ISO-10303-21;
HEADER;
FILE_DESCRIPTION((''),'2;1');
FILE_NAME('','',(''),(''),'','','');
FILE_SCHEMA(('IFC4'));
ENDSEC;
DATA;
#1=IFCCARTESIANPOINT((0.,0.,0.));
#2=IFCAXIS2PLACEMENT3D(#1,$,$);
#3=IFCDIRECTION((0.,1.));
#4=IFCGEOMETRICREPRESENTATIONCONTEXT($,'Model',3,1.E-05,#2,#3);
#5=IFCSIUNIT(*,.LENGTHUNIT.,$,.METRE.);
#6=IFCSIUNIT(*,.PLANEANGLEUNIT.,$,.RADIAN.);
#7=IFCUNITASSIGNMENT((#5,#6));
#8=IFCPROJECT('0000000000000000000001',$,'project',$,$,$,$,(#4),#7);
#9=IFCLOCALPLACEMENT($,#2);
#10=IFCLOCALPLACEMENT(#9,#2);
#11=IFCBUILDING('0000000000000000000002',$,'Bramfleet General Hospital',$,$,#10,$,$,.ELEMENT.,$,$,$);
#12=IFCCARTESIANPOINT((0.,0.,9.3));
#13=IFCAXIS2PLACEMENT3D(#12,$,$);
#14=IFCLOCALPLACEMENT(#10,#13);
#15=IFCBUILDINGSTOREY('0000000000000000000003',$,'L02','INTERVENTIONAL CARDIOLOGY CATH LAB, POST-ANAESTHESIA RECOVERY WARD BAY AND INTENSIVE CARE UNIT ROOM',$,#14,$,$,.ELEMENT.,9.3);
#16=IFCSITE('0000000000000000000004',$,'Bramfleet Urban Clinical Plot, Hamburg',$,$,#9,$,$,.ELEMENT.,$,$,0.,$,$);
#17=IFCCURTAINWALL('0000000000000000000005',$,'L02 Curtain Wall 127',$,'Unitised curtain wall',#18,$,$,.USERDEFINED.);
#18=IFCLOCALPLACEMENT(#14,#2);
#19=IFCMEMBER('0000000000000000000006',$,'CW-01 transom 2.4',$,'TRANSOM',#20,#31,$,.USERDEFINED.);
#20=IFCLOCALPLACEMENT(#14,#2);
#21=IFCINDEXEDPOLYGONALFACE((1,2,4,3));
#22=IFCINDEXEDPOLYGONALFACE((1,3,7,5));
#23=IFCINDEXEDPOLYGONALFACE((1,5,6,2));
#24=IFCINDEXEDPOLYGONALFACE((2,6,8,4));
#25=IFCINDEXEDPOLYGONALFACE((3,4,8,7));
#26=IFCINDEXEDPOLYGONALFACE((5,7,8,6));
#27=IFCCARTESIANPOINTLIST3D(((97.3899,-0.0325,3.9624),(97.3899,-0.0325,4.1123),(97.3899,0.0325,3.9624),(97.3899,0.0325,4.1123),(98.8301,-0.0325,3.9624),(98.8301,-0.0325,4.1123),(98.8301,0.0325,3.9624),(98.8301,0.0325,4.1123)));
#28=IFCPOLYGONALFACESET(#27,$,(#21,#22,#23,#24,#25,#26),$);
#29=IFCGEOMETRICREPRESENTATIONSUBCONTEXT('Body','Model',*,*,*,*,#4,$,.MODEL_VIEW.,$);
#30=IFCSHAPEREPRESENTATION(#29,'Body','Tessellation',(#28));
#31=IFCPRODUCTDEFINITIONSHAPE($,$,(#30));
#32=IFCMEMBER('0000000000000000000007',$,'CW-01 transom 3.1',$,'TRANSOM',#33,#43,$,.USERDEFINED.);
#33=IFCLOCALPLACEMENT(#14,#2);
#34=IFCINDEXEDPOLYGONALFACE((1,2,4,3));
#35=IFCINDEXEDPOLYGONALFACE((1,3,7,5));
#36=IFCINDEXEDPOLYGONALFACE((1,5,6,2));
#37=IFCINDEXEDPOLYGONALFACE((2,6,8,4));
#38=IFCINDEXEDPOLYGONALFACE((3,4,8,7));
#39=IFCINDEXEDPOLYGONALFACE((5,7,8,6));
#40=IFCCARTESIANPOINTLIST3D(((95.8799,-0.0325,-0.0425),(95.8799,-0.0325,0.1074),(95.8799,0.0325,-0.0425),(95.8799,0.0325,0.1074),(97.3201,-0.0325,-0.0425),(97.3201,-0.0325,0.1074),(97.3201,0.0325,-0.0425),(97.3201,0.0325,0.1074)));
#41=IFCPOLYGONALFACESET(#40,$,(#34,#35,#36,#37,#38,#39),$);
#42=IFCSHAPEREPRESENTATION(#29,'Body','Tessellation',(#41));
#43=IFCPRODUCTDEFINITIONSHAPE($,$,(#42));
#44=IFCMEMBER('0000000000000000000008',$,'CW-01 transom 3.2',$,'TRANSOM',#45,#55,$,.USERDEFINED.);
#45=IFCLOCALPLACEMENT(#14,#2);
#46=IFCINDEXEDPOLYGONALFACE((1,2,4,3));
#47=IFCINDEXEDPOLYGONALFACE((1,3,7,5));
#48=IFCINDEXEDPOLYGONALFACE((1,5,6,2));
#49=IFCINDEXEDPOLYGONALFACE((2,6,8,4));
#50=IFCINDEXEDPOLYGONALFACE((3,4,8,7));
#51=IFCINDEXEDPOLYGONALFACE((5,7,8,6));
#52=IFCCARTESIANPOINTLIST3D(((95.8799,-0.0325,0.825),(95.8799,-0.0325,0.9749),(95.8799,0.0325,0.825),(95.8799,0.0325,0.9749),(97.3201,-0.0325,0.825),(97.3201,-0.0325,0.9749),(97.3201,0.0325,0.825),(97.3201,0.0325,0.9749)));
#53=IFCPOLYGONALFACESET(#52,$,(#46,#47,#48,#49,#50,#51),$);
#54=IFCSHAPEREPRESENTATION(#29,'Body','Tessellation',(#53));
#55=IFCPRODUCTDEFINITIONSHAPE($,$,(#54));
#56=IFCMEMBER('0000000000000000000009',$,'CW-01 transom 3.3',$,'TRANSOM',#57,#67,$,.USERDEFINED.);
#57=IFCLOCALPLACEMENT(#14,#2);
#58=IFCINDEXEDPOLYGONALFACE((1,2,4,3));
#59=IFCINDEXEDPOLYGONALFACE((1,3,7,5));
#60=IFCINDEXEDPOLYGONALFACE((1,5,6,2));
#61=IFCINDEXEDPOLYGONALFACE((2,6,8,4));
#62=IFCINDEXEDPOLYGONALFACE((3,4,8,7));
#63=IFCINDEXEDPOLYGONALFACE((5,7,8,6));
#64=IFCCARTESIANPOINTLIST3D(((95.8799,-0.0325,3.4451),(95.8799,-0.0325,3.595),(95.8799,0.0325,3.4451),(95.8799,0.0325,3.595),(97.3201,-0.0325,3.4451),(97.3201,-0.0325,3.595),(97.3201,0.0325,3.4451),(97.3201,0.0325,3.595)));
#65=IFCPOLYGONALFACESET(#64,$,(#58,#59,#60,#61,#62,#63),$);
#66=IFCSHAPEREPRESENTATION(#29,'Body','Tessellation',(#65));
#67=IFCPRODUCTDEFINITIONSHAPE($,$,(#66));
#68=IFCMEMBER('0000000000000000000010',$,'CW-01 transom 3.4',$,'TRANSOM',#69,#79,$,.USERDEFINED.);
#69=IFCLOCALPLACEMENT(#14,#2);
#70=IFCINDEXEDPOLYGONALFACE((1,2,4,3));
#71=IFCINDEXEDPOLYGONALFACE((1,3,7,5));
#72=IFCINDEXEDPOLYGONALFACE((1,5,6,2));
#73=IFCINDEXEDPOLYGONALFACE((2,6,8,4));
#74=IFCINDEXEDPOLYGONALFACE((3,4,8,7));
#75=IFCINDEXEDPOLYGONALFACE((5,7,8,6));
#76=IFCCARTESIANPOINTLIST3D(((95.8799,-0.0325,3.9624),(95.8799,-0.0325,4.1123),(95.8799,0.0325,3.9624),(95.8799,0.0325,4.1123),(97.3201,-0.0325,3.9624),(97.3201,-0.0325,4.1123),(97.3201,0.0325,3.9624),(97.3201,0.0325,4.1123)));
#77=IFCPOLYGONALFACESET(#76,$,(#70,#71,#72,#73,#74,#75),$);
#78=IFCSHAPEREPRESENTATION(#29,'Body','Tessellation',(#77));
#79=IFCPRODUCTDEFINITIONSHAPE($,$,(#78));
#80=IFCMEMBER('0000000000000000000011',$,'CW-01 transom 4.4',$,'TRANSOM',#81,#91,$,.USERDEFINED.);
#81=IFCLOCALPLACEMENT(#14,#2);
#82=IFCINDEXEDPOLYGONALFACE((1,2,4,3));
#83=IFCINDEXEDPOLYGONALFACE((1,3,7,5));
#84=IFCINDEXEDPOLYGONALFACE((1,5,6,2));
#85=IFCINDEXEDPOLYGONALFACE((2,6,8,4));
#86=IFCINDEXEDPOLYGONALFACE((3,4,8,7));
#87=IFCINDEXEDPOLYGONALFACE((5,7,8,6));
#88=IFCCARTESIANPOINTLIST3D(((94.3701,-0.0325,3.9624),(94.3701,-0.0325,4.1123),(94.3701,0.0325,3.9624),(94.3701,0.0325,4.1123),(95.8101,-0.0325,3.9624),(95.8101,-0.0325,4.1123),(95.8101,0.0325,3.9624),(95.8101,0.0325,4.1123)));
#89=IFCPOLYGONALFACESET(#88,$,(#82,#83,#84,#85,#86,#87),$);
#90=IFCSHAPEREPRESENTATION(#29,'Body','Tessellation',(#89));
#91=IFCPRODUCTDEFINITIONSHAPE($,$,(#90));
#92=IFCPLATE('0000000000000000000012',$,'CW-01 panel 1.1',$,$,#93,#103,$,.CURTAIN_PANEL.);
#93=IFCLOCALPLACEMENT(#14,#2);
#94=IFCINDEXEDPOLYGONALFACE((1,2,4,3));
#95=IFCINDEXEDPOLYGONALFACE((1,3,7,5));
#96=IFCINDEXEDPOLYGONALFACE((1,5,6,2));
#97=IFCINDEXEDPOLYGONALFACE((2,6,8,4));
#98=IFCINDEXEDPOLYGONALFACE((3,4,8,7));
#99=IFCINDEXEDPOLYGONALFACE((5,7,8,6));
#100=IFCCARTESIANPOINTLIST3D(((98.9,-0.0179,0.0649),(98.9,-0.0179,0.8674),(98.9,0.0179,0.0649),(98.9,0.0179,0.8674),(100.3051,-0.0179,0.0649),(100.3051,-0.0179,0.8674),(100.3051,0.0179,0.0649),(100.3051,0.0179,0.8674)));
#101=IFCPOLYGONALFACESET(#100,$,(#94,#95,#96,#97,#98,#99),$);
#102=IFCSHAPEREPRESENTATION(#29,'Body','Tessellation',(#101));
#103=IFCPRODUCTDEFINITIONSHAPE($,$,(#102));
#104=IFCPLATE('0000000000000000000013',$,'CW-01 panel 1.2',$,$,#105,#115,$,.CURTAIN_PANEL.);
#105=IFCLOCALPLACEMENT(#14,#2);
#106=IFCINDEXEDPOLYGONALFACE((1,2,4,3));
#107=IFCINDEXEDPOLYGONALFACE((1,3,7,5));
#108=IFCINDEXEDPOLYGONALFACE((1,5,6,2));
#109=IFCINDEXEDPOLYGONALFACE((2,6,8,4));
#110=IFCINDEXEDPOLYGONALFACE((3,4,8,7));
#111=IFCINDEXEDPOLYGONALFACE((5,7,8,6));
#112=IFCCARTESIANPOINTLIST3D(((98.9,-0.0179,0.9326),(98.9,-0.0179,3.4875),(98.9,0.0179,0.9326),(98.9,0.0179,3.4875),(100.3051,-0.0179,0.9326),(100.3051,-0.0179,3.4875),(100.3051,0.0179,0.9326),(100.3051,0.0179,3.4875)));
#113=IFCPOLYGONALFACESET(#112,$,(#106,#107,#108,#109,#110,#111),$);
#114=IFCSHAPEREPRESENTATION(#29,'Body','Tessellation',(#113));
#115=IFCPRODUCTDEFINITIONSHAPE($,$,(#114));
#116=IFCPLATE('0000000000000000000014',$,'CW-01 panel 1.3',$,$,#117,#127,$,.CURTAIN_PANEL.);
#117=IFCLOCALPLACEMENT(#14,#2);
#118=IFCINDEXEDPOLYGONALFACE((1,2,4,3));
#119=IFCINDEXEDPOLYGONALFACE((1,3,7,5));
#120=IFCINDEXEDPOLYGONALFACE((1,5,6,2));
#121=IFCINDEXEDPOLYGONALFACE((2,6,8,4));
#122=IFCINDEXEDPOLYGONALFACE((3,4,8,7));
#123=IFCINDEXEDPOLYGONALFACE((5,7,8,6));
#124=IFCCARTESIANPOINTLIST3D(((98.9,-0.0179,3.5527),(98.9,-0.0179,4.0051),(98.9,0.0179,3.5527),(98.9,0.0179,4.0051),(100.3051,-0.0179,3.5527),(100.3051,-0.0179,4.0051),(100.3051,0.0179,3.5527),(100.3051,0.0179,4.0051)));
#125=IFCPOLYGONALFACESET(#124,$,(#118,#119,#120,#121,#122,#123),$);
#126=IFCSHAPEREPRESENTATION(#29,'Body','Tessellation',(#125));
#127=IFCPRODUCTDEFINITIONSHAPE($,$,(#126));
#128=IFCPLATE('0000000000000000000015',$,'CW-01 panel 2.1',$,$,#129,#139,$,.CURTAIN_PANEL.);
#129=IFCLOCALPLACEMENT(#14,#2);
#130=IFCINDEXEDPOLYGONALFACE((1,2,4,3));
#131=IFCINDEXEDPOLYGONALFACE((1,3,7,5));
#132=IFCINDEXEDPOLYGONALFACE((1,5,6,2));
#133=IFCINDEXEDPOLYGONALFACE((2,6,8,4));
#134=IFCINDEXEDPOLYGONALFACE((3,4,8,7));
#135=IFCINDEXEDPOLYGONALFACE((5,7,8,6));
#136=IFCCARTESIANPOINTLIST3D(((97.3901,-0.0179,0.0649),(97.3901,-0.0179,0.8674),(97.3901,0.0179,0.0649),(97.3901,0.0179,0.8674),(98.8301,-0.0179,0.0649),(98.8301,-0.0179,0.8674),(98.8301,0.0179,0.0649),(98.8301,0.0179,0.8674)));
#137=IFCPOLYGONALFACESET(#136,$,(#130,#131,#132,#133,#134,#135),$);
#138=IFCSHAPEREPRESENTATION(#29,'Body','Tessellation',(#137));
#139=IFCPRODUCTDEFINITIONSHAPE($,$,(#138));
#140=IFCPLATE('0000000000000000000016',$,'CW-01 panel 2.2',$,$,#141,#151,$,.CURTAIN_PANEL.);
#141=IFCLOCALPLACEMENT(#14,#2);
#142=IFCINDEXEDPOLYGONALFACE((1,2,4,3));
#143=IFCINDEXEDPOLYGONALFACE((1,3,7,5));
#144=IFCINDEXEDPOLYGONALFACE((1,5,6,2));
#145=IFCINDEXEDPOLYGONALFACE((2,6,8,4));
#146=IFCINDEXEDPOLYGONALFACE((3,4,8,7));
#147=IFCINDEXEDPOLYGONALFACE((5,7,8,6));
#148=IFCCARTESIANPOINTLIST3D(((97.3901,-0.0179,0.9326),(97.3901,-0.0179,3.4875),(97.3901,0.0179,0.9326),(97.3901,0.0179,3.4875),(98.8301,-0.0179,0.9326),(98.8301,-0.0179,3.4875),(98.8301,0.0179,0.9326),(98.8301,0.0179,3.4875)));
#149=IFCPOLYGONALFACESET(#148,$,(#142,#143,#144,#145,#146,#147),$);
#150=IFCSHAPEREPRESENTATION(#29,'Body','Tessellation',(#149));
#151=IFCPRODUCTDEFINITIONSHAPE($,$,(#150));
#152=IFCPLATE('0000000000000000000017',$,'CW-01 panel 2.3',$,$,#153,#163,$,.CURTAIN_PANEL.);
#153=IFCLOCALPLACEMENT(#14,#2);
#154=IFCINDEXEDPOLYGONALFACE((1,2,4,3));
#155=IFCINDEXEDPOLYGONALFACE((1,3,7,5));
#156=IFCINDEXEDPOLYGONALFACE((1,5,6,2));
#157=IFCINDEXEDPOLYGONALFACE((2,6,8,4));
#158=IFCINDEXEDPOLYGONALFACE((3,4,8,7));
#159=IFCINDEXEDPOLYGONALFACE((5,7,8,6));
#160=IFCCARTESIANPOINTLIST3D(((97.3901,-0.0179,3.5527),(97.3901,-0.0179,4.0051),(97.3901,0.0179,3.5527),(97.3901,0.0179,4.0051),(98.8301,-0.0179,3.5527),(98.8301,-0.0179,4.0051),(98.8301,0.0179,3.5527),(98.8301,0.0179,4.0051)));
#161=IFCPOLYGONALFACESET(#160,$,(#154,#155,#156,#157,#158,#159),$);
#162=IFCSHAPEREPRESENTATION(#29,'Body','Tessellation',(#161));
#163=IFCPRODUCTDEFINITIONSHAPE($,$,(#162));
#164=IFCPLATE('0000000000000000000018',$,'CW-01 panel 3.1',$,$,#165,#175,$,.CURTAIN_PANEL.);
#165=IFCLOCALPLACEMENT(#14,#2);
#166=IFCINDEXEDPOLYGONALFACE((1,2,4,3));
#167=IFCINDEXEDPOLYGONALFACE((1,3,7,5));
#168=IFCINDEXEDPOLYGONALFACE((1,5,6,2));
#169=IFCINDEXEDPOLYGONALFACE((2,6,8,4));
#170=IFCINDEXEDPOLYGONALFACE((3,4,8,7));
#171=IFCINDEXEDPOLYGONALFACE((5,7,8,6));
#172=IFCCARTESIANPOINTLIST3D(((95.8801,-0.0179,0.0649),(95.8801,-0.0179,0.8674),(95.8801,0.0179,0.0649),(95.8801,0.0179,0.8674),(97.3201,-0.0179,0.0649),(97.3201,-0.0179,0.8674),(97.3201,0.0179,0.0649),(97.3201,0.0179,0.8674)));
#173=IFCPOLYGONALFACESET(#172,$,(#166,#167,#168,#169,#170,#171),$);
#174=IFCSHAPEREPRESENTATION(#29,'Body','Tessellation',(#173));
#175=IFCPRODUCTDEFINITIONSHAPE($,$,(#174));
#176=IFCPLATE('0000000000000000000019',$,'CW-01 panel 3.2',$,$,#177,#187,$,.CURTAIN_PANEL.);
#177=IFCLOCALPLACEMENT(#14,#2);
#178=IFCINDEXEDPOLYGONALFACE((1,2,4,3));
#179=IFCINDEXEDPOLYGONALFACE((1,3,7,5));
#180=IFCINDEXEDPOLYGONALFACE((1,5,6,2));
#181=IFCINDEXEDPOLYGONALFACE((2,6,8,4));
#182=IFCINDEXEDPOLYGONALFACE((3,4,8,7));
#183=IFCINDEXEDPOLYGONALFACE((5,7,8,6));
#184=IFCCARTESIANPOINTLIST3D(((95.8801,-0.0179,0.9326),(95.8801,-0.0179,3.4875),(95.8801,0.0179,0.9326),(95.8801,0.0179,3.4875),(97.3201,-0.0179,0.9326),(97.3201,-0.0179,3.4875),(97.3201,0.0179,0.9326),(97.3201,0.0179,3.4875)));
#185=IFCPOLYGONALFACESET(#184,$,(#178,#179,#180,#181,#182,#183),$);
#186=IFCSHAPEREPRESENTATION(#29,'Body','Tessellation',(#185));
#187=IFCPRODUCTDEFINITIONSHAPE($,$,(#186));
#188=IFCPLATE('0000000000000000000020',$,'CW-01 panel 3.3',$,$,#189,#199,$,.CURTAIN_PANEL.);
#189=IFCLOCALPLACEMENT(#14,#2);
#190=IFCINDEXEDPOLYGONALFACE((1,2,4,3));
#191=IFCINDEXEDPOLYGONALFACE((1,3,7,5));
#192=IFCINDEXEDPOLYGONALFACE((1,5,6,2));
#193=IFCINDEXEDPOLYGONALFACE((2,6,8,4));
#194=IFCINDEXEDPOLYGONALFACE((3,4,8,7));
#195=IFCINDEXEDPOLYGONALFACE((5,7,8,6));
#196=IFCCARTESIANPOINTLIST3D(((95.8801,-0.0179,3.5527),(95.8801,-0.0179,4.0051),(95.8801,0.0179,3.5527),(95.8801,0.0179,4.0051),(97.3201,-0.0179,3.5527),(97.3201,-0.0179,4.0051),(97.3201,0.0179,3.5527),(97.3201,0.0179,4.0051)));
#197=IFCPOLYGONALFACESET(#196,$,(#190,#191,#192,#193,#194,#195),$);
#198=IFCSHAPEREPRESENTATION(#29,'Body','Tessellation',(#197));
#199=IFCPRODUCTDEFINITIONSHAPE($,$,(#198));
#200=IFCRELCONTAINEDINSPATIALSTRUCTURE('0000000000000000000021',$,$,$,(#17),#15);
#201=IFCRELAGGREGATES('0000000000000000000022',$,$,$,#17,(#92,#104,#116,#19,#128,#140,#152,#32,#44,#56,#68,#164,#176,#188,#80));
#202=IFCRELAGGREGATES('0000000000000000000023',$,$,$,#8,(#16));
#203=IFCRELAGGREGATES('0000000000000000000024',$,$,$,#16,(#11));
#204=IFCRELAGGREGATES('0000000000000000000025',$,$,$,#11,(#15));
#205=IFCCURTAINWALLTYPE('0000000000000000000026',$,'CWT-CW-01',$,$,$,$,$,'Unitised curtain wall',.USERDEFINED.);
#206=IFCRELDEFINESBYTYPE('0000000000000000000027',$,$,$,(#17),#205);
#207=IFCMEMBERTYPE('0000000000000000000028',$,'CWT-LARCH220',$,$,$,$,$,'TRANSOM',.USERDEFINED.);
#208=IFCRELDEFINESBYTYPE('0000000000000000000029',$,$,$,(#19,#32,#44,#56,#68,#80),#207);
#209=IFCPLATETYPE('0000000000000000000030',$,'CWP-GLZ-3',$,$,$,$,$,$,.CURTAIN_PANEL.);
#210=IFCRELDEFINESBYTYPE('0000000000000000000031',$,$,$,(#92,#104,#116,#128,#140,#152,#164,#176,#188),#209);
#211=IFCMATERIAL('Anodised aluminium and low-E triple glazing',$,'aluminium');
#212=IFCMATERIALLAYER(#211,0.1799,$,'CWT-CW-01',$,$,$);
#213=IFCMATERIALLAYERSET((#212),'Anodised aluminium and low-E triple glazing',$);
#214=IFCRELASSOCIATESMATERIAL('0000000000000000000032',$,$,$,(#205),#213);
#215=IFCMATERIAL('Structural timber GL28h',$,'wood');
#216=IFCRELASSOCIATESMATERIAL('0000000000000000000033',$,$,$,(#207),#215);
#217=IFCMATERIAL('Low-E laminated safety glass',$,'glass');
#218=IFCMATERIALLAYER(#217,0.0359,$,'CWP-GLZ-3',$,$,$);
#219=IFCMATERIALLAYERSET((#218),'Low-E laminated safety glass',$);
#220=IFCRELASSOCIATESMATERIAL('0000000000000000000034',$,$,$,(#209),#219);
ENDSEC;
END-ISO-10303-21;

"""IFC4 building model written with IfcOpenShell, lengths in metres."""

from ifc_helpers import new_model, si_unit, direction, frame, origin, origin_2d, place, context, subcontext, project, spatial, rectangle, extrude, material, layer, layer_set, material_profile, profile_set, type_object, element, aggregate, save


model = new_model("IFC4")

# Units and contexts
model_context = context("Model", 3, precision=1e-05, world=origin(), true_north=direction((0.0, 1.0)))
body_context = subcontext(model_context, "Body", "Model", "MODEL_VIEW")
ifc_project = project(units=[si_unit("LENGTHUNIT", "METRE"), si_unit("PLANEANGLEUNIT", "RADIAN")], contexts=[model_context])

# Site, building, storey
site_placement = place(None, origin())
site = spatial("IfcSite", under=ifc_project, at=site_placement, Name="Bramfleet Urban Clinical Plot, Hamburg", CompositionType="ELEMENT", RefElevation=0.0)
building_placement = place(site_placement, origin())
building = spatial("IfcBuilding", under=site, at=building_placement, Name="Bramfleet General Hospital", CompositionType="ELEMENT")
storey_placement = place(building_placement, frame((0.0, 0.0, 9.3)))
storey = spatial("IfcBuildingStorey", under=building, at=storey_placement, Name="L02", Description="INTERVENTIONAL CARDIOLOGY CATH LAB, POST-ANAESTHESIA RECOVERY WARD BAY AND INTENSIVE CARE UNIT ROOM", CompositionType="ELEMENT", Elevation=9.3)

# Curtain wall, members, plates
ifc_material_1 = material(Name="Anodised aluminium and low-E triple glazing", Category="aluminium")
ifc_layer_1 = layer(ifc_material_1, 0.1799, Name="CWT-CW-01")
ifc_layer_set_1 = layer_set([ifc_layer_1], Name="Anodised aluminium and low-E triple glazing")
curtain_wall_type = type_object("IfcCurtainWallType", Name="CWT-CW-01", ElementType="Unitised curtain wall", PredefinedType="USERDEFINED", material=ifc_layer_set_1)
curtain_wall_placement = place(storey_placement, origin())
curtain_wall = element("IfcCurtainWall", 1, at=curtain_wall_placement, inside=storey, type_object=curtain_wall_type, Name="L02 Curtain Wall 127", ObjectType="Unitised curtain wall", PredefinedType="USERDEFINED")
ifc_material_2 = material(Name="Structural timber GL28h", Category="wood")
ifc_material_profile_1 = material_profile(ifc_material_2, rectangle(XDim=0.0649, YDim=0.1499, at=origin_2d()), Name="LARCH 150x65")
ifc_profile_set_1 = profile_set([ifc_material_profile_1], Name="Structural timber GL28h")
member_type_1 = type_object("IfcMemberType", Name="CWT-LARCH220", ElementType="TRANSOM", PredefinedType="USERDEFINED", material=ifc_profile_set_1)
member_1_placement = place(storey_placement, frame((98.8301, 0.0, 4.0374), z_axis=(-1.0, 0.0, 0.0), x_axis=(0.0, -1.0, 0.0)))
member_1 = element("IfcMember", 2, at=member_1_placement, type_object=member_type_1, Name="CW-01 transom 2.4", ObjectType="TRANSOM", PredefinedType="USERDEFINED", context=body_context, shape_type="SweptSolid", body=[
    extrude(rectangle(XDim=0.0649, YDim=0.1499, at=origin_2d()), origin(), (0.0, 0.0, 1.0), 1.4402),
])
member_2_placement = place(storey_placement, frame((97.3201, 0.0, 0.0325), z_axis=(-1.0, 0.0, 0.0), x_axis=(0.0, -1.0, 0.0)))
member_2 = element("IfcMember", 3, at=member_2_placement, type_object=member_type_1, Name="CW-01 transom 3.1", ObjectType="TRANSOM", PredefinedType="USERDEFINED", context=body_context, shape_type="SweptSolid", body=[
    extrude(rectangle(XDim=0.0649, YDim=0.1499, at=origin_2d()), origin(), (0.0, 0.0, 1.0), 1.4402),
])
member_3_placement = place(storey_placement, frame((97.3201, 0.0, 0.8999), z_axis=(-1.0, 0.0, 0.0), x_axis=(0.0, -1.0, 0.0)))
member_3 = element("IfcMember", 4, at=member_3_placement, type_object=member_type_1, Name="CW-01 transom 3.2", ObjectType="TRANSOM", PredefinedType="USERDEFINED", context=body_context, shape_type="SweptSolid", body=[
    extrude(rectangle(XDim=0.0649, YDim=0.1499, at=origin_2d()), origin(), (0.0, 0.0, 1.0), 1.4402),
])
member_4_placement = place(storey_placement, frame((97.3201, 0.0, 3.52), z_axis=(-1.0, 0.0, 0.0), x_axis=(0.0, -1.0, 0.0)))
member_4 = element("IfcMember", 5, at=member_4_placement, type_object=member_type_1, Name="CW-01 transom 3.3", ObjectType="TRANSOM", PredefinedType="USERDEFINED", context=body_context, shape_type="SweptSolid", body=[
    extrude(rectangle(XDim=0.0649, YDim=0.1499, at=origin_2d()), origin(), (0.0, 0.0, 1.0), 1.4402),
])
member_5_placement = place(storey_placement, frame((97.3201, 0.0, 4.0374), z_axis=(-1.0, 0.0, 0.0), x_axis=(0.0, -1.0, 0.0)))
member_5 = element("IfcMember", 6, at=member_5_placement, type_object=member_type_1, Name="CW-01 transom 3.4", ObjectType="TRANSOM", PredefinedType="USERDEFINED", context=body_context, shape_type="SweptSolid", body=[
    extrude(rectangle(XDim=0.0649, YDim=0.1499, at=origin_2d()), origin(), (0.0, 0.0, 1.0), 1.4402),
])
member_6_placement = place(storey_placement, frame((95.8101, 0.0, 4.0374), z_axis=(-1.0, 0.0, 0.0), x_axis=(0.0, -1.0, 0.0)))
member_6 = element("IfcMember", 7, at=member_6_placement, type_object=member_type_1, Name="CW-01 transom 4.4", ObjectType="TRANSOM", PredefinedType="USERDEFINED", context=body_context, shape_type="SweptSolid", body=[
    extrude(rectangle(XDim=0.0649, YDim=0.1499, at=origin_2d()), origin(), (0.0, 0.0, 1.0), 1.4399),
])
ifc_material_3 = material(Name="Low-E laminated safety glass", Category="glass")
ifc_layer_2 = layer(ifc_material_3, 0.0359, Name="CWP-GLZ-3")
ifc_layer_set_2 = layer_set([ifc_layer_2], Name="Low-E laminated safety glass")
plate_type = type_object("IfcPlateType", Name="CWP-GLZ-3", PredefinedType="CURTAIN_PANEL", material=ifc_layer_set_2)
plate_1_placement = place(storey_placement, frame((99.6025, 0.0, 0.0649), z_axis=(0.0, 0.0, 1.0), x_axis=(-1.0, 0.0, 0.0)))
plate_1 = element("IfcPlate", 8, at=plate_1_placement, type_object=plate_type, Name="CW-01 panel 1.1", PredefinedType="CURTAIN_PANEL", context=body_context, shape_type="SweptSolid", body=[
    extrude(rectangle(XDim=1.405, YDim=0.0359, at=origin_2d()), origin(), (0.0, 0.0, 1.0), 0.8025),
])
plate_2_placement = place(storey_placement, frame((99.6025, 0.0, 0.9326), z_axis=(0.0, 0.0, 1.0), x_axis=(-1.0, 0.0, 0.0)))
plate_2 = element("IfcPlate", 9, at=plate_2_placement, type_object=plate_type, Name="CW-01 panel 1.2", PredefinedType="CURTAIN_PANEL", context=body_context, shape_type="SweptSolid", body=[
    extrude(rectangle(XDim=1.405, YDim=0.0359, at=origin_2d()), origin(), (0.0, 0.0, 1.0), 2.5549),
])
plate_3_placement = place(storey_placement, frame((99.6025, 0.0, 3.5527), z_axis=(0.0, 0.0, 1.0), x_axis=(-1.0, 0.0, 0.0)))
plate_3 = element("IfcPlate", 10, at=plate_3_placement, type_object=plate_type, Name="CW-01 panel 1.3", PredefinedType="CURTAIN_PANEL", context=body_context, shape_type="SweptSolid", body=[
    extrude(rectangle(XDim=1.405, YDim=0.0359, at=origin_2d()), origin(), (0.0, 0.0, 1.0), 0.4524),
])
plate_4_placement = place(storey_placement, frame((98.1101, 0.0, 0.0649), z_axis=(0.0, 0.0, 1.0), x_axis=(-1.0, 0.0, 0.0)))
plate_4 = element("IfcPlate", 11, at=plate_4_placement, type_object=plate_type, Name="CW-01 panel 2.1", PredefinedType="CURTAIN_PANEL", context=body_context, shape_type="SweptSolid", body=[
    extrude(rectangle(XDim=1.4399, YDim=0.0359, at=origin_2d()), origin(), (0.0, 0.0, 1.0), 0.8025),
])
plate_5_placement = place(storey_placement, frame((98.1101, 0.0, 0.9326), z_axis=(0.0, 0.0, 1.0), x_axis=(-1.0, 0.0, 0.0)))
plate_5 = element("IfcPlate", 12, at=plate_5_placement, type_object=plate_type, Name="CW-01 panel 2.2", PredefinedType="CURTAIN_PANEL", context=body_context, shape_type="SweptSolid", body=[
    extrude(rectangle(XDim=1.4399, YDim=0.0359, at=origin_2d()), origin(), (0.0, 0.0, 1.0), 2.5549),
])
plate_6_placement = place(storey_placement, frame((98.1101, 0.0, 3.5527), z_axis=(0.0, 0.0, 1.0), x_axis=(-1.0, 0.0, 0.0)))
plate_6 = element("IfcPlate", 13, at=plate_6_placement, type_object=plate_type, Name="CW-01 panel 2.3", PredefinedType="CURTAIN_PANEL", context=body_context, shape_type="SweptSolid", body=[
    extrude(rectangle(XDim=1.4399, YDim=0.0359, at=origin_2d()), origin(), (0.0, 0.0, 1.0), 0.4524),
])
plate_7_placement = place(storey_placement, frame((96.6001, 0.0, 0.0649), z_axis=(0.0, 0.0, 1.0), x_axis=(-1.0, 0.0, 0.0)))
plate_7 = element("IfcPlate", 14, at=plate_7_placement, type_object=plate_type, Name="CW-01 panel 3.1", PredefinedType="CURTAIN_PANEL", context=body_context, shape_type="SweptSolid", body=[
    extrude(rectangle(XDim=1.4399, YDim=0.0359, at=origin_2d()), origin(), (0.0, 0.0, 1.0), 0.8025),
])
plate_8_placement = place(storey_placement, frame((96.6001, 0.0, 0.9326), z_axis=(0.0, 0.0, 1.0), x_axis=(-1.0, 0.0, 0.0)))
plate_8 = element("IfcPlate", 15, at=plate_8_placement, type_object=plate_type, Name="CW-01 panel 3.2", PredefinedType="CURTAIN_PANEL", context=body_context, shape_type="SweptSolid", body=[
    extrude(rectangle(XDim=1.4399, YDim=0.0359, at=origin_2d()), origin(), (0.0, 0.0, 1.0), 2.5549),
])
plate_9_placement = place(storey_placement, frame((96.6001, 0.0, 3.5527), z_axis=(0.0, 0.0, 1.0), x_axis=(-1.0, 0.0, 0.0)))
plate_9 = element("IfcPlate", 16, at=plate_9_placement, type_object=plate_type, Name="CW-01 panel 3.3", PredefinedType="CURTAIN_PANEL", context=body_context, shape_type="SweptSolid", body=[
    extrude(rectangle(XDim=1.4399, YDim=0.0359, at=origin_2d()), origin(), (0.0, 0.0, 1.0), 0.4524),
])
aggregate(curtain_wall, [plate_1, plate_2, plate_3, member_1, plate_4, plate_5, plate_6, member_2, member_3, member_4, member_5, plate_7, plate_8, plate_9, member_6])

save(model, "model.ifc")
